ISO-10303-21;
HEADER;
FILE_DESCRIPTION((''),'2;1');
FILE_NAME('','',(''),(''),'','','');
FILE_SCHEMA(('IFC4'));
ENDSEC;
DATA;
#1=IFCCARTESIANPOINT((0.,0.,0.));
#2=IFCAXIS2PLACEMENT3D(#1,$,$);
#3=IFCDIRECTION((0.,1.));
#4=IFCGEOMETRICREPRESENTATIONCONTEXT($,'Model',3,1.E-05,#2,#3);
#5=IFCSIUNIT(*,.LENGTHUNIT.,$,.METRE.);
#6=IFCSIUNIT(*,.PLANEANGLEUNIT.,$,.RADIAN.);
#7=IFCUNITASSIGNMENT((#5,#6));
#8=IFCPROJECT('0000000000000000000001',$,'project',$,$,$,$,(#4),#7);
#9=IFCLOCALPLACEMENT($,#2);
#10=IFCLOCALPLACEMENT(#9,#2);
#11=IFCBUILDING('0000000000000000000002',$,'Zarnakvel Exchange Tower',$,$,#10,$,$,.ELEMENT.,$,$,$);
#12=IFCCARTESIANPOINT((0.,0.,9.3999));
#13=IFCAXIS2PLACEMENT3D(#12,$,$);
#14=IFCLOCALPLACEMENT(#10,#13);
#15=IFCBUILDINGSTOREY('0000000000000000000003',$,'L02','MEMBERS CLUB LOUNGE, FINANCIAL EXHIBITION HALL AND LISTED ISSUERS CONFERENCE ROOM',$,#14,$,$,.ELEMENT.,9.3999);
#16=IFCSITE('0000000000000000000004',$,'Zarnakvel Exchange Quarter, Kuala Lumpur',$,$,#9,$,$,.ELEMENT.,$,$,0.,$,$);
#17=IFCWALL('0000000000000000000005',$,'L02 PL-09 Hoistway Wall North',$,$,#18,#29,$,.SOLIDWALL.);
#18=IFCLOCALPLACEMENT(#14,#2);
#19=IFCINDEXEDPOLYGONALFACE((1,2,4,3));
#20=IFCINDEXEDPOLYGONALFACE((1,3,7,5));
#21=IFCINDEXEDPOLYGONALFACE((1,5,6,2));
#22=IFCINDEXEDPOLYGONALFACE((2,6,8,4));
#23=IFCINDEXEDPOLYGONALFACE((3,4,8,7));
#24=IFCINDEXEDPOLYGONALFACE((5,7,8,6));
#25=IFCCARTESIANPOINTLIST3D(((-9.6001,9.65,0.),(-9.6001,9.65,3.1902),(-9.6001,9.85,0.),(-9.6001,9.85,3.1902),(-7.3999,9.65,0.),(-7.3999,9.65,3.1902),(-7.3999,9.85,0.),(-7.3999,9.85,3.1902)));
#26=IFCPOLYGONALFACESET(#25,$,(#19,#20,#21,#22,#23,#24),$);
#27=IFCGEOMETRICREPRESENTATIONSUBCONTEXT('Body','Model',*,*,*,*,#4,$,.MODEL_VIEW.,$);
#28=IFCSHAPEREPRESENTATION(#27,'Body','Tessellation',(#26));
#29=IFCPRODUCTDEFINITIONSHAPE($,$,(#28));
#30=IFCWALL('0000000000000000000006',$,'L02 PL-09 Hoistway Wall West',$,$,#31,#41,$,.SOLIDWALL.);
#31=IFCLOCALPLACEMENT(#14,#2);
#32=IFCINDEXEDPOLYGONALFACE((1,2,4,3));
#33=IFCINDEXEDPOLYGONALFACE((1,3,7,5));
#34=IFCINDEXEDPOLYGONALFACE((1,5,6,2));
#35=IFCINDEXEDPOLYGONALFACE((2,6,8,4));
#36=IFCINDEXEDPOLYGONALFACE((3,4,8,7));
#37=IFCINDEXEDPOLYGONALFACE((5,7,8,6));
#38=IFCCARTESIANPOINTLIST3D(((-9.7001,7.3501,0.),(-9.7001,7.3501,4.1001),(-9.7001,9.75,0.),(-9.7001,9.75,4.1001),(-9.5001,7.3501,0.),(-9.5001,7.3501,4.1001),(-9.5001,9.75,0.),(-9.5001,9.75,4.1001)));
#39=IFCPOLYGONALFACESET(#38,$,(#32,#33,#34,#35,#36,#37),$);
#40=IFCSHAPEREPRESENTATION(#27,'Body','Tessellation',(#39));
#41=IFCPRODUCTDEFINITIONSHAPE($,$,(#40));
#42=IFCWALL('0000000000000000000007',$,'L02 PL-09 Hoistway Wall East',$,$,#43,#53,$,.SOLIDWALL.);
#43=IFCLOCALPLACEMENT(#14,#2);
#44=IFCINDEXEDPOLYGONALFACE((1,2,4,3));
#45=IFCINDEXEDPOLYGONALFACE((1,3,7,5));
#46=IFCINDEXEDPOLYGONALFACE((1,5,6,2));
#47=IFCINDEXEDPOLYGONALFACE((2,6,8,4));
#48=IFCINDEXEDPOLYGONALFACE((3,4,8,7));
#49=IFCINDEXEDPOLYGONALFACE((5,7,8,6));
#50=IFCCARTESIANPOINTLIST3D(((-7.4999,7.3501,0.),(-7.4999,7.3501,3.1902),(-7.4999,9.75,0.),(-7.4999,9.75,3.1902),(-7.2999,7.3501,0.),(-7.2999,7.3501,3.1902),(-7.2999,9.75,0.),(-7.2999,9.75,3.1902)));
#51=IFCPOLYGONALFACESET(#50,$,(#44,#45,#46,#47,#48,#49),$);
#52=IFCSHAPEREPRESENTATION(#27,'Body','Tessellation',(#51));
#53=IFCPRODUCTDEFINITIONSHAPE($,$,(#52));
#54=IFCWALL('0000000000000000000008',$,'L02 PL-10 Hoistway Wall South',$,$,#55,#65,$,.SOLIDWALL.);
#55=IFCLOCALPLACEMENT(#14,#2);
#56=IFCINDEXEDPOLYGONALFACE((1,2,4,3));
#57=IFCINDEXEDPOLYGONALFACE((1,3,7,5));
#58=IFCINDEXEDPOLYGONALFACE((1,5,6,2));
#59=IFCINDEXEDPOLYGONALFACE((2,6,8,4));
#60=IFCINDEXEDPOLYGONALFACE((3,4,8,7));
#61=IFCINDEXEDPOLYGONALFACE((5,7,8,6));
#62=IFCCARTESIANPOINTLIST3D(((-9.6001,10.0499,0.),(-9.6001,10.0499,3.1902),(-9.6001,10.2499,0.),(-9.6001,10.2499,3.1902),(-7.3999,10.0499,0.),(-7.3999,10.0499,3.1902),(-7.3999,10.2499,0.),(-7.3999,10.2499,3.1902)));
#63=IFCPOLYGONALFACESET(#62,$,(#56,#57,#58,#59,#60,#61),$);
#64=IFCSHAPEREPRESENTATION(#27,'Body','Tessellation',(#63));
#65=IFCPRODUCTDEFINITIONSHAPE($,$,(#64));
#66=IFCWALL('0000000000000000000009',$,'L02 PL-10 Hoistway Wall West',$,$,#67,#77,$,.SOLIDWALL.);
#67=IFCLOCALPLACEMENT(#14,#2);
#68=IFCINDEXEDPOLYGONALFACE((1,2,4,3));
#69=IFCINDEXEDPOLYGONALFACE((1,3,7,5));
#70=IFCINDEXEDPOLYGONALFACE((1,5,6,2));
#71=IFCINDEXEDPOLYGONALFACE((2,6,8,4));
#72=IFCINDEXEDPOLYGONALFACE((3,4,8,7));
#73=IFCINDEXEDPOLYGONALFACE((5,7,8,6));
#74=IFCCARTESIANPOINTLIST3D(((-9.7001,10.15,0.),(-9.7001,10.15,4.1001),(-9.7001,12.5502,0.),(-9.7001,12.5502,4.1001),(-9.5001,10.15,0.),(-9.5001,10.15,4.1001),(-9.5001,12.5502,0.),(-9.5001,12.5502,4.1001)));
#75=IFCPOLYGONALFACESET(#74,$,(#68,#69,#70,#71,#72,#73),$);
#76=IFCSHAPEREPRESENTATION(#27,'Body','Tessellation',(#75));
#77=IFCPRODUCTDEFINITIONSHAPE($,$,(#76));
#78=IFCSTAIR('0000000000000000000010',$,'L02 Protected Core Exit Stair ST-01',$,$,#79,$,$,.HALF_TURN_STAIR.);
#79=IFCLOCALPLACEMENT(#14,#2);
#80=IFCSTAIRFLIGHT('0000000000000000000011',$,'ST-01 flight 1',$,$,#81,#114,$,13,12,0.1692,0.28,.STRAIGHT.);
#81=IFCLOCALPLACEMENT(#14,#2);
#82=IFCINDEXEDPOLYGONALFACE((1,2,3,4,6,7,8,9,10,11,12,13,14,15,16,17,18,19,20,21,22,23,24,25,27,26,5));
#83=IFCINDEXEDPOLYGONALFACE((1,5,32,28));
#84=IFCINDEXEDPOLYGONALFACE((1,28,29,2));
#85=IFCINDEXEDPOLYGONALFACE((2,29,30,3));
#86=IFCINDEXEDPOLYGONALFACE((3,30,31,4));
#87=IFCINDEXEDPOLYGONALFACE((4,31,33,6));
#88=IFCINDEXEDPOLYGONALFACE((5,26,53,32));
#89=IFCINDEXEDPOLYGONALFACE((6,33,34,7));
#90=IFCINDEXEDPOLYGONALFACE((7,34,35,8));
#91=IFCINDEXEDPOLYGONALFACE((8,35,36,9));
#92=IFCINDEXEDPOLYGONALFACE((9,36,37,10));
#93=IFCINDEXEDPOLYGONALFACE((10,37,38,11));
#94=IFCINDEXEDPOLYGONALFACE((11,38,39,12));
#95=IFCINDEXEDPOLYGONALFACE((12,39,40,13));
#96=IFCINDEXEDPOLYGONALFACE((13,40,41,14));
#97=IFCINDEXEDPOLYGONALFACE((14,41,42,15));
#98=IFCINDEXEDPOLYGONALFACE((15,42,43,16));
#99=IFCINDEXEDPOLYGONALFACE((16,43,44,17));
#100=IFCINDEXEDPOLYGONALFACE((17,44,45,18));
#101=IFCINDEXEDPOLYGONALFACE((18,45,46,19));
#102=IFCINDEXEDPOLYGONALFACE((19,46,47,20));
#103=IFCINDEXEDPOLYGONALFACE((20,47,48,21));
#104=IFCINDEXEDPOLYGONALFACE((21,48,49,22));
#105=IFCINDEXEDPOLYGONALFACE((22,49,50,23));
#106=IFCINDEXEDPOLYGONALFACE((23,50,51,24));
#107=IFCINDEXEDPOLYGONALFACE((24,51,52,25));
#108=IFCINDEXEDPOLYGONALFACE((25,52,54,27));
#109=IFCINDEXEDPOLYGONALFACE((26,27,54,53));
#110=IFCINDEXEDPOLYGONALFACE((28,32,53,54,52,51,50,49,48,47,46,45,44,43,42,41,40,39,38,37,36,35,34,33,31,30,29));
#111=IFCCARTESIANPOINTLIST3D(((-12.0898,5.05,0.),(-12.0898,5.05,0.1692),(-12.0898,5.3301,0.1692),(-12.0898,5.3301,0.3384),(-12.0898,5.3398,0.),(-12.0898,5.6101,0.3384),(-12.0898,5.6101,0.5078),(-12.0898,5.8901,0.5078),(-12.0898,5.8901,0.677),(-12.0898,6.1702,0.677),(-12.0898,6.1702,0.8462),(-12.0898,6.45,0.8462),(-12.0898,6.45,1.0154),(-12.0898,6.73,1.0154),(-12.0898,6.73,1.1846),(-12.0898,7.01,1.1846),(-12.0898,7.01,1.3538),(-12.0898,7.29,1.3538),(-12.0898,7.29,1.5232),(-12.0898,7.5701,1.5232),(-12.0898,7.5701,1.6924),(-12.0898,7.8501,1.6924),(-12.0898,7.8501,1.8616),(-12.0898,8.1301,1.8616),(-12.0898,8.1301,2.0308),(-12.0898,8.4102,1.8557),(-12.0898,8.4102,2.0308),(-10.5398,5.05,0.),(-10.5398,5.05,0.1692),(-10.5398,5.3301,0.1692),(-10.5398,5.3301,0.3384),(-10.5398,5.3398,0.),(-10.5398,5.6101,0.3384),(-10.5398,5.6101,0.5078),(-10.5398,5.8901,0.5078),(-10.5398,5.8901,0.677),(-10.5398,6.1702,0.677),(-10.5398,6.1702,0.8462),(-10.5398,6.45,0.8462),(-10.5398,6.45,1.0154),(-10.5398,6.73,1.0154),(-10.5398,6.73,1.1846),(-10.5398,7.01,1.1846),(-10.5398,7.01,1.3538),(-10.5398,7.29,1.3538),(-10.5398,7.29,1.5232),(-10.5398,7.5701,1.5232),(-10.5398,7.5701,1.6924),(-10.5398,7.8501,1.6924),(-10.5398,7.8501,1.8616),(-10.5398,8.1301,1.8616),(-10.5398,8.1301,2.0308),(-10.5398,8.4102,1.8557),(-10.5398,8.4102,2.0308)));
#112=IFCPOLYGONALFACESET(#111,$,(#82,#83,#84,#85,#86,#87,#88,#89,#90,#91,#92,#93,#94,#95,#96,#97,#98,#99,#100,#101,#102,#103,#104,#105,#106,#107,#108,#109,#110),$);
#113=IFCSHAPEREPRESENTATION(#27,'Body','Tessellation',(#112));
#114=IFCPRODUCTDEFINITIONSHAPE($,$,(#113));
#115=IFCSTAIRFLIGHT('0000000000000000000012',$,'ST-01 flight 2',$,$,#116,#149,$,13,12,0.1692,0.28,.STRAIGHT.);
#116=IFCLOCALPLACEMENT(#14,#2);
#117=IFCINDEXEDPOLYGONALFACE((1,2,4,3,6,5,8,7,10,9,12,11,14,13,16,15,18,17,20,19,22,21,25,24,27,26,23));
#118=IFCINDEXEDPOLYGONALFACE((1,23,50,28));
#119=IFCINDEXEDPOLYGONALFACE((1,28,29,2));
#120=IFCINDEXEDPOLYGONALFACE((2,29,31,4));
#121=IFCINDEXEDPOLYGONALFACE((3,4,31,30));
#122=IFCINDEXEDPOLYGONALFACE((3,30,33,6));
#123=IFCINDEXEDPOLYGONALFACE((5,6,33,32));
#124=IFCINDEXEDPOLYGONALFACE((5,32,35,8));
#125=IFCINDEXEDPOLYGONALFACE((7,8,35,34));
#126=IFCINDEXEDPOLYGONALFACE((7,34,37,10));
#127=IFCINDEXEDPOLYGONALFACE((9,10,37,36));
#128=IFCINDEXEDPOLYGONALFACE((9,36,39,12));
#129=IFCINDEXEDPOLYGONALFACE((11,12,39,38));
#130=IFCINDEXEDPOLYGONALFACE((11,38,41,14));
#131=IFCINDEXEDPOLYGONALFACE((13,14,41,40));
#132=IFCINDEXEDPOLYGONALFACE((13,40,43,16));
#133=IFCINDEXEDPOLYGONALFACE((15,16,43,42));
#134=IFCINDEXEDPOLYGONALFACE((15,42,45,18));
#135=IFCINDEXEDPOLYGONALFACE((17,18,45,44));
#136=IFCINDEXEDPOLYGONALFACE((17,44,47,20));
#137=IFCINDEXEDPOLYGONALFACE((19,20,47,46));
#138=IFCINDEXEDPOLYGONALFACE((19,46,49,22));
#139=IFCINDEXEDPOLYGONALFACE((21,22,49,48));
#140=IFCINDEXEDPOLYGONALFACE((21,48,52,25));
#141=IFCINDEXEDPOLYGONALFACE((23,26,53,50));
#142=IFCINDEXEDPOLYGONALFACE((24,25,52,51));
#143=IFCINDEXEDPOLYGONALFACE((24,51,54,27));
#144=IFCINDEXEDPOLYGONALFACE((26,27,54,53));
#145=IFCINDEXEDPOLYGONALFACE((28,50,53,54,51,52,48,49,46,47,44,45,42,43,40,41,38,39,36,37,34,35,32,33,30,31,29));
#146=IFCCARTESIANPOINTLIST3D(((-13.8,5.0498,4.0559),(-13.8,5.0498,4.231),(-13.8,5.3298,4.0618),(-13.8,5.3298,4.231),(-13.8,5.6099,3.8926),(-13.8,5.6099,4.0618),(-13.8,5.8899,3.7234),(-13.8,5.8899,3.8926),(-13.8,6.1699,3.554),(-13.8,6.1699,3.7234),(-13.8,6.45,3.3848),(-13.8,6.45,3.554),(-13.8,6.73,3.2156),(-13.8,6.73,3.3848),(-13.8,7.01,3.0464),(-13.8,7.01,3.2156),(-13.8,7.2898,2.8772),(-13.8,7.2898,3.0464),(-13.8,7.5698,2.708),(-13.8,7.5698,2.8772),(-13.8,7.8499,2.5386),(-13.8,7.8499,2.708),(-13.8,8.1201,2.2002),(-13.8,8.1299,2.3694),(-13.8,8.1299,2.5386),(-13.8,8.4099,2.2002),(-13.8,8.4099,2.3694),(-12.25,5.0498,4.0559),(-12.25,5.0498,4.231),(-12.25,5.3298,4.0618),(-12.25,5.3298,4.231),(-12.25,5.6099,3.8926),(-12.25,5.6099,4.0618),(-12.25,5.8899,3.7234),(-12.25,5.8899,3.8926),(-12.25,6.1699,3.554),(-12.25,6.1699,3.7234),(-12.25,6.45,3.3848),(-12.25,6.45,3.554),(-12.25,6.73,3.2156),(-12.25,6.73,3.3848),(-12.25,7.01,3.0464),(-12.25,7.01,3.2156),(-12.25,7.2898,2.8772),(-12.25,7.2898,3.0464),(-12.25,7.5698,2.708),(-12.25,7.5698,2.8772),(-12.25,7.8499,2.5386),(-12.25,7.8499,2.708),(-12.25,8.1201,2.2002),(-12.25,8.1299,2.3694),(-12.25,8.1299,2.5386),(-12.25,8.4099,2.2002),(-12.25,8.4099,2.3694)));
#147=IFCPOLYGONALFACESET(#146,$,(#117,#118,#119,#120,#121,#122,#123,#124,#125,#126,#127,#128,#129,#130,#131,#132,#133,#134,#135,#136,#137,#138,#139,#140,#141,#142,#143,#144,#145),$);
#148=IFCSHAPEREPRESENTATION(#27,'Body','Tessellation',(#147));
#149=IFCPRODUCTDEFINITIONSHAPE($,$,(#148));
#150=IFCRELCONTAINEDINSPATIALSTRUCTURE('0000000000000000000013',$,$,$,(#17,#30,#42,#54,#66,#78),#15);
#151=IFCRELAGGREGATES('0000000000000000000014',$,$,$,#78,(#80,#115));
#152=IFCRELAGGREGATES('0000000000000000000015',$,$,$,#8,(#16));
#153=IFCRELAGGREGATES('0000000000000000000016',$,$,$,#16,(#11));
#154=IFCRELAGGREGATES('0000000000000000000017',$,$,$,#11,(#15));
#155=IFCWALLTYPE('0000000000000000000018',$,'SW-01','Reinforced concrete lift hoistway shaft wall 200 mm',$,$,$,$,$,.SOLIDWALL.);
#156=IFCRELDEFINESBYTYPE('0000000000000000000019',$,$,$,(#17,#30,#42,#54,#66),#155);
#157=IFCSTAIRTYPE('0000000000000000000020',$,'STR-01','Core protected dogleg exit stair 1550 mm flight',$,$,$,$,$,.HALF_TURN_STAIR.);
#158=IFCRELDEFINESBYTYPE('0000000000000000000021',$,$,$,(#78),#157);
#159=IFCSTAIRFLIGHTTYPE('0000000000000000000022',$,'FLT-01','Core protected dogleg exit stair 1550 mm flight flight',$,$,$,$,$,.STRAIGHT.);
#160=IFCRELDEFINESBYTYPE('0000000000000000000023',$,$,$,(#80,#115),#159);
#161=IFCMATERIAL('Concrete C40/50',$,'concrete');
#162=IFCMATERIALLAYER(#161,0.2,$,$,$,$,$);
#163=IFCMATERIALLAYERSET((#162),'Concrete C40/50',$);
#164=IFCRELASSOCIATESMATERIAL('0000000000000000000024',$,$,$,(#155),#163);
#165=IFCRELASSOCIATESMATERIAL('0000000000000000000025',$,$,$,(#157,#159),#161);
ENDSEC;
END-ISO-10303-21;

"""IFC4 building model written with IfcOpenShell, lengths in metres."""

from ifc_helpers import new_model, si_unit, direction, frame, frame_2d, origin, place, context, subcontext, project, spatial, polyline, rectangle, outline, extrude, material, layer, layer_set, type_object, element, aggregate, save


model = new_model("IFC4")

# Units and contexts
model_context = context("Model", 3, precision=1e-05, world=origin(), true_north=direction((0.0, 1.0)))
body_context = subcontext(model_context, "Body", "Model", "MODEL_VIEW")
ifc_project = project(units=[si_unit("LENGTHUNIT", "METRE"), si_unit("PLANEANGLEUNIT", "RADIAN")], contexts=[model_context])

# Site, building, storey
site_placement = place(None, origin())
site = spatial("IfcSite", under=ifc_project, at=site_placement, Name="Zarnakvel Exchange Quarter, Kuala Lumpur", CompositionType="ELEMENT", RefElevation=0.0)
building_placement = place(site_placement, origin())
building = spatial("IfcBuilding", under=site, at=building_placement, Name="Zarnakvel Exchange Tower", CompositionType="ELEMENT")
storey_placement = place(building_placement, frame((0.0, 0.0, 9.3999)))
storey = spatial("IfcBuildingStorey", under=building, at=storey_placement, Name="L02", Description="MEMBERS CLUB LOUNGE, FINANCIAL EXHIBITION HALL AND LISTED ISSUERS CONFERENCE ROOM", CompositionType="ELEMENT", Elevation=9.3999)

# Shared definitions
ifc_material_1 = material(Name="Concrete C40/50", Category="concrete")
ifc_layer_1 = layer(ifc_material_1, 0.2)
ifc_layer_set_1 = layer_set([ifc_layer_1], Name="Concrete C40/50")
wall_type_1 = type_object("IfcWallType", Name="SW-01", Description="Reinforced concrete lift hoistway shaft wall 200 mm", PredefinedType="SOLIDWALL", material=ifc_layer_set_1)

# Walls
for number, where, z_axis, x_axis, name in (
    (1, (-9.6001, 9.75, 0.0), (0.0, 0.0, 1.0), (1.0, 0.0, 0.0), "L02 PL-09 Hoistway Wall North"),
):
    element("IfcWall", number, at=place(storey_placement, frame(where, z_axis=z_axis, x_axis=x_axis)), inside=storey, type_object=wall_type_1, Name=name, PredefinedType="SOLIDWALL", context=body_context, shape_type="SweptSolid", body=[
        extrude(rectangle(XDim=2.2002, YDim=0.2, at=frame_2d((1.1001, 0.0))), origin(), (0.0, 0.0, 1.0), 3.1902),
    ])
wall_1_placement = place(storey_placement, frame((-9.6001, 7.3501, 0.0), z_axis=(0.0, 0.0, 1.0), x_axis=(0.0, 1.0, 0.0)))
element("IfcWall", 2, at=wall_1_placement, inside=storey, type_object=wall_type_1, Name="L02 PL-09 Hoistway Wall West", PredefinedType="SOLIDWALL", context=body_context, shape_type="SweptSolid", body=[
    extrude(rectangle(XDim=2.3999, YDim=0.2, at=frame_2d((1.2, 0.0))), origin(), (0.0, 0.0, 1.0), 4.1001),
])
wall_2_placement = place(storey_placement, frame((-7.3999, 9.75, 0.0), z_axis=(0.0, 0.0, 1.0), x_axis=(0.0, -1.0, 0.0)))
element("IfcWall", 3, at=wall_2_placement, inside=storey, type_object=wall_type_1, Name="L02 PL-09 Hoistway Wall East", PredefinedType="SOLIDWALL", context=body_context, shape_type="SweptSolid", body=[
    extrude(rectangle(XDim=2.3999, YDim=0.2, at=frame_2d((1.2, 0.0))), origin(), (0.0, 0.0, 1.0), 3.1902),
])
wall_3_placement = place(storey_placement, frame((-7.3999, 10.1499, 0.0), z_axis=(0.0, 0.0, 1.0), x_axis=(-1.0, 0.0, 0.0)))
element("IfcWall", 4, at=wall_3_placement, inside=storey, type_object=wall_type_1, Name="L02 PL-10 Hoistway Wall South", PredefinedType="SOLIDWALL", context=body_context, shape_type="SweptSolid", body=[
    extrude(rectangle(XDim=2.2002, YDim=0.2, at=frame_2d((1.1001, 0.0))), origin(), (0.0, 0.0, 1.0), 3.1902),
])
wall_4_placement = place(storey_placement, frame((-9.6001, 10.1499, 0.0), z_axis=(0.0, 0.0, 1.0), x_axis=(0.0, 1.0, 0.0)))
element("IfcWall", 5, at=wall_4_placement, inside=storey, type_object=wall_type_1, Name="L02 PL-10 Hoistway Wall West", PredefinedType="SOLIDWALL", context=body_context, shape_type="SweptSolid", body=[
    extrude(rectangle(XDim=2.4001, YDim=0.2, at=frame_2d((1.2002, 0.0))), origin(), (0.0, 0.0, 1.0), 4.1001),
])

# Stair, stair flights
stair_type = type_object("IfcStairType", Name="STR-01", Description="Core protected dogleg exit stair 1550 mm flight", PredefinedType="HALF_TURN_STAIR", material=ifc_material_1)
stair_placement = place(storey_placement, origin())
stair = element("IfcStair", 6, at=stair_placement, inside=storey, type_object=stair_type, Name="L02 Protected Core Exit Stair ST-01", PredefinedType="HALF_TURN_STAIR")
stair_flight_type = type_object("IfcStairFlightType", Name="FLT-01", Description="Core protected dogleg exit stair 1550 mm flight flight", PredefinedType="STRAIGHT", material=ifc_material_1)
stair_flight_1_placement = place(storey_placement, frame((-11.3149, 5.05, 0.0), z_axis=(0.0, 0.0, 1.0), x_axis=(0.0, 1.0, 0.0)))
stair_flight_1 = element("IfcStairFlight", 7, at=stair_flight_1_placement, type_object=stair_flight_type, Name="ST-01 flight 1", NumberOfRisers=13, NumberOfTreads=12, PredefinedType="STRAIGHT", RiserHeight=0.1692, TreadLength=0.28, context=body_context, shape_type="SweptSolid", body=[
    extrude(outline(polyline([(0.0, 0.0), (0.0, 0.1692), (0.28, 0.1692), (0.28, 0.3384), (0.5601, 0.3384), (0.5601, 0.5078), (0.8401, 0.5078), (0.8401, 0.677), (1.1201, 0.677), (1.1201, 0.8462), (1.3999, 0.8462), (1.3999, 1.0154), (1.6799, 1.0154), (1.6799, 1.1846), (1.96, 1.1846), (1.96, 1.3538), (2.24, 1.3538), (2.24, 1.5232), (2.52, 1.5232), (2.52, 1.6924), (2.8, 1.6924), (2.8, 1.8616), (3.0801, 1.8616), (3.0801, 2.0308), (3.3601, 2.0308), (3.3601, 2.2), (3.3601, 1.8557), (0.2898, 0.0), (0.0, 0.0)])), frame((0.0, 0.7749, 0.0), z_axis=(0.0, -1.0, 0.0), x_axis=(1.0, 0.0, 0.0)), (0.0, 0.0, 1.0), 1.55),
])
stair_flight_2_placement = place(storey_placement, frame((-13.0249, 8.4099, 2.2002), z_axis=(0.0, 0.0, 1.0), x_axis=(0.0, -1.0, 0.0)))
stair_flight_2 = element("IfcStairFlight", 8, at=stair_flight_2_placement, type_object=stair_flight_type, Name="ST-01 flight 2", NumberOfRisers=13, NumberOfTreads=12, PredefinedType="STRAIGHT", RiserHeight=0.1692, TreadLength=0.28, context=body_context, shape_type="SweptSolid", body=[
    extrude(outline(polyline([(0.0, 0.0), (0.0, 0.1692), (0.28, 0.1692), (0.28, 0.3384), (0.5601, 0.3384), (0.5601, 0.5078), (0.8401, 0.5078), (0.8401, 0.677), (1.1201, 0.677), (1.1201, 0.8462), (1.3999, 0.8462), (1.3999, 1.0154), (1.6799, 1.0154), (1.6799, 1.1846), (1.96, 1.1846), (1.96, 1.3538), (2.24, 1.3538), (2.24, 1.5232), (2.52, 1.5232), (2.52, 1.6924), (2.8, 1.6924), (2.8, 1.8616), (3.0801, 1.8616), (3.0801, 2.0308), (3.3601, 2.0308), (3.3601, 2.2), (3.3601, 1.8557), (0.2898, 0.0), (0.0, 0.0)])), frame((0.0, 0.7749, 0.0), z_axis=(0.0, -1.0, 0.0), x_axis=(1.0, 0.0, 0.0)), (0.0, 0.0, 1.0), 1.55),
])
aggregate(stair, [stair_flight_1, stair_flight_2])

save(model, "model.ifc")
